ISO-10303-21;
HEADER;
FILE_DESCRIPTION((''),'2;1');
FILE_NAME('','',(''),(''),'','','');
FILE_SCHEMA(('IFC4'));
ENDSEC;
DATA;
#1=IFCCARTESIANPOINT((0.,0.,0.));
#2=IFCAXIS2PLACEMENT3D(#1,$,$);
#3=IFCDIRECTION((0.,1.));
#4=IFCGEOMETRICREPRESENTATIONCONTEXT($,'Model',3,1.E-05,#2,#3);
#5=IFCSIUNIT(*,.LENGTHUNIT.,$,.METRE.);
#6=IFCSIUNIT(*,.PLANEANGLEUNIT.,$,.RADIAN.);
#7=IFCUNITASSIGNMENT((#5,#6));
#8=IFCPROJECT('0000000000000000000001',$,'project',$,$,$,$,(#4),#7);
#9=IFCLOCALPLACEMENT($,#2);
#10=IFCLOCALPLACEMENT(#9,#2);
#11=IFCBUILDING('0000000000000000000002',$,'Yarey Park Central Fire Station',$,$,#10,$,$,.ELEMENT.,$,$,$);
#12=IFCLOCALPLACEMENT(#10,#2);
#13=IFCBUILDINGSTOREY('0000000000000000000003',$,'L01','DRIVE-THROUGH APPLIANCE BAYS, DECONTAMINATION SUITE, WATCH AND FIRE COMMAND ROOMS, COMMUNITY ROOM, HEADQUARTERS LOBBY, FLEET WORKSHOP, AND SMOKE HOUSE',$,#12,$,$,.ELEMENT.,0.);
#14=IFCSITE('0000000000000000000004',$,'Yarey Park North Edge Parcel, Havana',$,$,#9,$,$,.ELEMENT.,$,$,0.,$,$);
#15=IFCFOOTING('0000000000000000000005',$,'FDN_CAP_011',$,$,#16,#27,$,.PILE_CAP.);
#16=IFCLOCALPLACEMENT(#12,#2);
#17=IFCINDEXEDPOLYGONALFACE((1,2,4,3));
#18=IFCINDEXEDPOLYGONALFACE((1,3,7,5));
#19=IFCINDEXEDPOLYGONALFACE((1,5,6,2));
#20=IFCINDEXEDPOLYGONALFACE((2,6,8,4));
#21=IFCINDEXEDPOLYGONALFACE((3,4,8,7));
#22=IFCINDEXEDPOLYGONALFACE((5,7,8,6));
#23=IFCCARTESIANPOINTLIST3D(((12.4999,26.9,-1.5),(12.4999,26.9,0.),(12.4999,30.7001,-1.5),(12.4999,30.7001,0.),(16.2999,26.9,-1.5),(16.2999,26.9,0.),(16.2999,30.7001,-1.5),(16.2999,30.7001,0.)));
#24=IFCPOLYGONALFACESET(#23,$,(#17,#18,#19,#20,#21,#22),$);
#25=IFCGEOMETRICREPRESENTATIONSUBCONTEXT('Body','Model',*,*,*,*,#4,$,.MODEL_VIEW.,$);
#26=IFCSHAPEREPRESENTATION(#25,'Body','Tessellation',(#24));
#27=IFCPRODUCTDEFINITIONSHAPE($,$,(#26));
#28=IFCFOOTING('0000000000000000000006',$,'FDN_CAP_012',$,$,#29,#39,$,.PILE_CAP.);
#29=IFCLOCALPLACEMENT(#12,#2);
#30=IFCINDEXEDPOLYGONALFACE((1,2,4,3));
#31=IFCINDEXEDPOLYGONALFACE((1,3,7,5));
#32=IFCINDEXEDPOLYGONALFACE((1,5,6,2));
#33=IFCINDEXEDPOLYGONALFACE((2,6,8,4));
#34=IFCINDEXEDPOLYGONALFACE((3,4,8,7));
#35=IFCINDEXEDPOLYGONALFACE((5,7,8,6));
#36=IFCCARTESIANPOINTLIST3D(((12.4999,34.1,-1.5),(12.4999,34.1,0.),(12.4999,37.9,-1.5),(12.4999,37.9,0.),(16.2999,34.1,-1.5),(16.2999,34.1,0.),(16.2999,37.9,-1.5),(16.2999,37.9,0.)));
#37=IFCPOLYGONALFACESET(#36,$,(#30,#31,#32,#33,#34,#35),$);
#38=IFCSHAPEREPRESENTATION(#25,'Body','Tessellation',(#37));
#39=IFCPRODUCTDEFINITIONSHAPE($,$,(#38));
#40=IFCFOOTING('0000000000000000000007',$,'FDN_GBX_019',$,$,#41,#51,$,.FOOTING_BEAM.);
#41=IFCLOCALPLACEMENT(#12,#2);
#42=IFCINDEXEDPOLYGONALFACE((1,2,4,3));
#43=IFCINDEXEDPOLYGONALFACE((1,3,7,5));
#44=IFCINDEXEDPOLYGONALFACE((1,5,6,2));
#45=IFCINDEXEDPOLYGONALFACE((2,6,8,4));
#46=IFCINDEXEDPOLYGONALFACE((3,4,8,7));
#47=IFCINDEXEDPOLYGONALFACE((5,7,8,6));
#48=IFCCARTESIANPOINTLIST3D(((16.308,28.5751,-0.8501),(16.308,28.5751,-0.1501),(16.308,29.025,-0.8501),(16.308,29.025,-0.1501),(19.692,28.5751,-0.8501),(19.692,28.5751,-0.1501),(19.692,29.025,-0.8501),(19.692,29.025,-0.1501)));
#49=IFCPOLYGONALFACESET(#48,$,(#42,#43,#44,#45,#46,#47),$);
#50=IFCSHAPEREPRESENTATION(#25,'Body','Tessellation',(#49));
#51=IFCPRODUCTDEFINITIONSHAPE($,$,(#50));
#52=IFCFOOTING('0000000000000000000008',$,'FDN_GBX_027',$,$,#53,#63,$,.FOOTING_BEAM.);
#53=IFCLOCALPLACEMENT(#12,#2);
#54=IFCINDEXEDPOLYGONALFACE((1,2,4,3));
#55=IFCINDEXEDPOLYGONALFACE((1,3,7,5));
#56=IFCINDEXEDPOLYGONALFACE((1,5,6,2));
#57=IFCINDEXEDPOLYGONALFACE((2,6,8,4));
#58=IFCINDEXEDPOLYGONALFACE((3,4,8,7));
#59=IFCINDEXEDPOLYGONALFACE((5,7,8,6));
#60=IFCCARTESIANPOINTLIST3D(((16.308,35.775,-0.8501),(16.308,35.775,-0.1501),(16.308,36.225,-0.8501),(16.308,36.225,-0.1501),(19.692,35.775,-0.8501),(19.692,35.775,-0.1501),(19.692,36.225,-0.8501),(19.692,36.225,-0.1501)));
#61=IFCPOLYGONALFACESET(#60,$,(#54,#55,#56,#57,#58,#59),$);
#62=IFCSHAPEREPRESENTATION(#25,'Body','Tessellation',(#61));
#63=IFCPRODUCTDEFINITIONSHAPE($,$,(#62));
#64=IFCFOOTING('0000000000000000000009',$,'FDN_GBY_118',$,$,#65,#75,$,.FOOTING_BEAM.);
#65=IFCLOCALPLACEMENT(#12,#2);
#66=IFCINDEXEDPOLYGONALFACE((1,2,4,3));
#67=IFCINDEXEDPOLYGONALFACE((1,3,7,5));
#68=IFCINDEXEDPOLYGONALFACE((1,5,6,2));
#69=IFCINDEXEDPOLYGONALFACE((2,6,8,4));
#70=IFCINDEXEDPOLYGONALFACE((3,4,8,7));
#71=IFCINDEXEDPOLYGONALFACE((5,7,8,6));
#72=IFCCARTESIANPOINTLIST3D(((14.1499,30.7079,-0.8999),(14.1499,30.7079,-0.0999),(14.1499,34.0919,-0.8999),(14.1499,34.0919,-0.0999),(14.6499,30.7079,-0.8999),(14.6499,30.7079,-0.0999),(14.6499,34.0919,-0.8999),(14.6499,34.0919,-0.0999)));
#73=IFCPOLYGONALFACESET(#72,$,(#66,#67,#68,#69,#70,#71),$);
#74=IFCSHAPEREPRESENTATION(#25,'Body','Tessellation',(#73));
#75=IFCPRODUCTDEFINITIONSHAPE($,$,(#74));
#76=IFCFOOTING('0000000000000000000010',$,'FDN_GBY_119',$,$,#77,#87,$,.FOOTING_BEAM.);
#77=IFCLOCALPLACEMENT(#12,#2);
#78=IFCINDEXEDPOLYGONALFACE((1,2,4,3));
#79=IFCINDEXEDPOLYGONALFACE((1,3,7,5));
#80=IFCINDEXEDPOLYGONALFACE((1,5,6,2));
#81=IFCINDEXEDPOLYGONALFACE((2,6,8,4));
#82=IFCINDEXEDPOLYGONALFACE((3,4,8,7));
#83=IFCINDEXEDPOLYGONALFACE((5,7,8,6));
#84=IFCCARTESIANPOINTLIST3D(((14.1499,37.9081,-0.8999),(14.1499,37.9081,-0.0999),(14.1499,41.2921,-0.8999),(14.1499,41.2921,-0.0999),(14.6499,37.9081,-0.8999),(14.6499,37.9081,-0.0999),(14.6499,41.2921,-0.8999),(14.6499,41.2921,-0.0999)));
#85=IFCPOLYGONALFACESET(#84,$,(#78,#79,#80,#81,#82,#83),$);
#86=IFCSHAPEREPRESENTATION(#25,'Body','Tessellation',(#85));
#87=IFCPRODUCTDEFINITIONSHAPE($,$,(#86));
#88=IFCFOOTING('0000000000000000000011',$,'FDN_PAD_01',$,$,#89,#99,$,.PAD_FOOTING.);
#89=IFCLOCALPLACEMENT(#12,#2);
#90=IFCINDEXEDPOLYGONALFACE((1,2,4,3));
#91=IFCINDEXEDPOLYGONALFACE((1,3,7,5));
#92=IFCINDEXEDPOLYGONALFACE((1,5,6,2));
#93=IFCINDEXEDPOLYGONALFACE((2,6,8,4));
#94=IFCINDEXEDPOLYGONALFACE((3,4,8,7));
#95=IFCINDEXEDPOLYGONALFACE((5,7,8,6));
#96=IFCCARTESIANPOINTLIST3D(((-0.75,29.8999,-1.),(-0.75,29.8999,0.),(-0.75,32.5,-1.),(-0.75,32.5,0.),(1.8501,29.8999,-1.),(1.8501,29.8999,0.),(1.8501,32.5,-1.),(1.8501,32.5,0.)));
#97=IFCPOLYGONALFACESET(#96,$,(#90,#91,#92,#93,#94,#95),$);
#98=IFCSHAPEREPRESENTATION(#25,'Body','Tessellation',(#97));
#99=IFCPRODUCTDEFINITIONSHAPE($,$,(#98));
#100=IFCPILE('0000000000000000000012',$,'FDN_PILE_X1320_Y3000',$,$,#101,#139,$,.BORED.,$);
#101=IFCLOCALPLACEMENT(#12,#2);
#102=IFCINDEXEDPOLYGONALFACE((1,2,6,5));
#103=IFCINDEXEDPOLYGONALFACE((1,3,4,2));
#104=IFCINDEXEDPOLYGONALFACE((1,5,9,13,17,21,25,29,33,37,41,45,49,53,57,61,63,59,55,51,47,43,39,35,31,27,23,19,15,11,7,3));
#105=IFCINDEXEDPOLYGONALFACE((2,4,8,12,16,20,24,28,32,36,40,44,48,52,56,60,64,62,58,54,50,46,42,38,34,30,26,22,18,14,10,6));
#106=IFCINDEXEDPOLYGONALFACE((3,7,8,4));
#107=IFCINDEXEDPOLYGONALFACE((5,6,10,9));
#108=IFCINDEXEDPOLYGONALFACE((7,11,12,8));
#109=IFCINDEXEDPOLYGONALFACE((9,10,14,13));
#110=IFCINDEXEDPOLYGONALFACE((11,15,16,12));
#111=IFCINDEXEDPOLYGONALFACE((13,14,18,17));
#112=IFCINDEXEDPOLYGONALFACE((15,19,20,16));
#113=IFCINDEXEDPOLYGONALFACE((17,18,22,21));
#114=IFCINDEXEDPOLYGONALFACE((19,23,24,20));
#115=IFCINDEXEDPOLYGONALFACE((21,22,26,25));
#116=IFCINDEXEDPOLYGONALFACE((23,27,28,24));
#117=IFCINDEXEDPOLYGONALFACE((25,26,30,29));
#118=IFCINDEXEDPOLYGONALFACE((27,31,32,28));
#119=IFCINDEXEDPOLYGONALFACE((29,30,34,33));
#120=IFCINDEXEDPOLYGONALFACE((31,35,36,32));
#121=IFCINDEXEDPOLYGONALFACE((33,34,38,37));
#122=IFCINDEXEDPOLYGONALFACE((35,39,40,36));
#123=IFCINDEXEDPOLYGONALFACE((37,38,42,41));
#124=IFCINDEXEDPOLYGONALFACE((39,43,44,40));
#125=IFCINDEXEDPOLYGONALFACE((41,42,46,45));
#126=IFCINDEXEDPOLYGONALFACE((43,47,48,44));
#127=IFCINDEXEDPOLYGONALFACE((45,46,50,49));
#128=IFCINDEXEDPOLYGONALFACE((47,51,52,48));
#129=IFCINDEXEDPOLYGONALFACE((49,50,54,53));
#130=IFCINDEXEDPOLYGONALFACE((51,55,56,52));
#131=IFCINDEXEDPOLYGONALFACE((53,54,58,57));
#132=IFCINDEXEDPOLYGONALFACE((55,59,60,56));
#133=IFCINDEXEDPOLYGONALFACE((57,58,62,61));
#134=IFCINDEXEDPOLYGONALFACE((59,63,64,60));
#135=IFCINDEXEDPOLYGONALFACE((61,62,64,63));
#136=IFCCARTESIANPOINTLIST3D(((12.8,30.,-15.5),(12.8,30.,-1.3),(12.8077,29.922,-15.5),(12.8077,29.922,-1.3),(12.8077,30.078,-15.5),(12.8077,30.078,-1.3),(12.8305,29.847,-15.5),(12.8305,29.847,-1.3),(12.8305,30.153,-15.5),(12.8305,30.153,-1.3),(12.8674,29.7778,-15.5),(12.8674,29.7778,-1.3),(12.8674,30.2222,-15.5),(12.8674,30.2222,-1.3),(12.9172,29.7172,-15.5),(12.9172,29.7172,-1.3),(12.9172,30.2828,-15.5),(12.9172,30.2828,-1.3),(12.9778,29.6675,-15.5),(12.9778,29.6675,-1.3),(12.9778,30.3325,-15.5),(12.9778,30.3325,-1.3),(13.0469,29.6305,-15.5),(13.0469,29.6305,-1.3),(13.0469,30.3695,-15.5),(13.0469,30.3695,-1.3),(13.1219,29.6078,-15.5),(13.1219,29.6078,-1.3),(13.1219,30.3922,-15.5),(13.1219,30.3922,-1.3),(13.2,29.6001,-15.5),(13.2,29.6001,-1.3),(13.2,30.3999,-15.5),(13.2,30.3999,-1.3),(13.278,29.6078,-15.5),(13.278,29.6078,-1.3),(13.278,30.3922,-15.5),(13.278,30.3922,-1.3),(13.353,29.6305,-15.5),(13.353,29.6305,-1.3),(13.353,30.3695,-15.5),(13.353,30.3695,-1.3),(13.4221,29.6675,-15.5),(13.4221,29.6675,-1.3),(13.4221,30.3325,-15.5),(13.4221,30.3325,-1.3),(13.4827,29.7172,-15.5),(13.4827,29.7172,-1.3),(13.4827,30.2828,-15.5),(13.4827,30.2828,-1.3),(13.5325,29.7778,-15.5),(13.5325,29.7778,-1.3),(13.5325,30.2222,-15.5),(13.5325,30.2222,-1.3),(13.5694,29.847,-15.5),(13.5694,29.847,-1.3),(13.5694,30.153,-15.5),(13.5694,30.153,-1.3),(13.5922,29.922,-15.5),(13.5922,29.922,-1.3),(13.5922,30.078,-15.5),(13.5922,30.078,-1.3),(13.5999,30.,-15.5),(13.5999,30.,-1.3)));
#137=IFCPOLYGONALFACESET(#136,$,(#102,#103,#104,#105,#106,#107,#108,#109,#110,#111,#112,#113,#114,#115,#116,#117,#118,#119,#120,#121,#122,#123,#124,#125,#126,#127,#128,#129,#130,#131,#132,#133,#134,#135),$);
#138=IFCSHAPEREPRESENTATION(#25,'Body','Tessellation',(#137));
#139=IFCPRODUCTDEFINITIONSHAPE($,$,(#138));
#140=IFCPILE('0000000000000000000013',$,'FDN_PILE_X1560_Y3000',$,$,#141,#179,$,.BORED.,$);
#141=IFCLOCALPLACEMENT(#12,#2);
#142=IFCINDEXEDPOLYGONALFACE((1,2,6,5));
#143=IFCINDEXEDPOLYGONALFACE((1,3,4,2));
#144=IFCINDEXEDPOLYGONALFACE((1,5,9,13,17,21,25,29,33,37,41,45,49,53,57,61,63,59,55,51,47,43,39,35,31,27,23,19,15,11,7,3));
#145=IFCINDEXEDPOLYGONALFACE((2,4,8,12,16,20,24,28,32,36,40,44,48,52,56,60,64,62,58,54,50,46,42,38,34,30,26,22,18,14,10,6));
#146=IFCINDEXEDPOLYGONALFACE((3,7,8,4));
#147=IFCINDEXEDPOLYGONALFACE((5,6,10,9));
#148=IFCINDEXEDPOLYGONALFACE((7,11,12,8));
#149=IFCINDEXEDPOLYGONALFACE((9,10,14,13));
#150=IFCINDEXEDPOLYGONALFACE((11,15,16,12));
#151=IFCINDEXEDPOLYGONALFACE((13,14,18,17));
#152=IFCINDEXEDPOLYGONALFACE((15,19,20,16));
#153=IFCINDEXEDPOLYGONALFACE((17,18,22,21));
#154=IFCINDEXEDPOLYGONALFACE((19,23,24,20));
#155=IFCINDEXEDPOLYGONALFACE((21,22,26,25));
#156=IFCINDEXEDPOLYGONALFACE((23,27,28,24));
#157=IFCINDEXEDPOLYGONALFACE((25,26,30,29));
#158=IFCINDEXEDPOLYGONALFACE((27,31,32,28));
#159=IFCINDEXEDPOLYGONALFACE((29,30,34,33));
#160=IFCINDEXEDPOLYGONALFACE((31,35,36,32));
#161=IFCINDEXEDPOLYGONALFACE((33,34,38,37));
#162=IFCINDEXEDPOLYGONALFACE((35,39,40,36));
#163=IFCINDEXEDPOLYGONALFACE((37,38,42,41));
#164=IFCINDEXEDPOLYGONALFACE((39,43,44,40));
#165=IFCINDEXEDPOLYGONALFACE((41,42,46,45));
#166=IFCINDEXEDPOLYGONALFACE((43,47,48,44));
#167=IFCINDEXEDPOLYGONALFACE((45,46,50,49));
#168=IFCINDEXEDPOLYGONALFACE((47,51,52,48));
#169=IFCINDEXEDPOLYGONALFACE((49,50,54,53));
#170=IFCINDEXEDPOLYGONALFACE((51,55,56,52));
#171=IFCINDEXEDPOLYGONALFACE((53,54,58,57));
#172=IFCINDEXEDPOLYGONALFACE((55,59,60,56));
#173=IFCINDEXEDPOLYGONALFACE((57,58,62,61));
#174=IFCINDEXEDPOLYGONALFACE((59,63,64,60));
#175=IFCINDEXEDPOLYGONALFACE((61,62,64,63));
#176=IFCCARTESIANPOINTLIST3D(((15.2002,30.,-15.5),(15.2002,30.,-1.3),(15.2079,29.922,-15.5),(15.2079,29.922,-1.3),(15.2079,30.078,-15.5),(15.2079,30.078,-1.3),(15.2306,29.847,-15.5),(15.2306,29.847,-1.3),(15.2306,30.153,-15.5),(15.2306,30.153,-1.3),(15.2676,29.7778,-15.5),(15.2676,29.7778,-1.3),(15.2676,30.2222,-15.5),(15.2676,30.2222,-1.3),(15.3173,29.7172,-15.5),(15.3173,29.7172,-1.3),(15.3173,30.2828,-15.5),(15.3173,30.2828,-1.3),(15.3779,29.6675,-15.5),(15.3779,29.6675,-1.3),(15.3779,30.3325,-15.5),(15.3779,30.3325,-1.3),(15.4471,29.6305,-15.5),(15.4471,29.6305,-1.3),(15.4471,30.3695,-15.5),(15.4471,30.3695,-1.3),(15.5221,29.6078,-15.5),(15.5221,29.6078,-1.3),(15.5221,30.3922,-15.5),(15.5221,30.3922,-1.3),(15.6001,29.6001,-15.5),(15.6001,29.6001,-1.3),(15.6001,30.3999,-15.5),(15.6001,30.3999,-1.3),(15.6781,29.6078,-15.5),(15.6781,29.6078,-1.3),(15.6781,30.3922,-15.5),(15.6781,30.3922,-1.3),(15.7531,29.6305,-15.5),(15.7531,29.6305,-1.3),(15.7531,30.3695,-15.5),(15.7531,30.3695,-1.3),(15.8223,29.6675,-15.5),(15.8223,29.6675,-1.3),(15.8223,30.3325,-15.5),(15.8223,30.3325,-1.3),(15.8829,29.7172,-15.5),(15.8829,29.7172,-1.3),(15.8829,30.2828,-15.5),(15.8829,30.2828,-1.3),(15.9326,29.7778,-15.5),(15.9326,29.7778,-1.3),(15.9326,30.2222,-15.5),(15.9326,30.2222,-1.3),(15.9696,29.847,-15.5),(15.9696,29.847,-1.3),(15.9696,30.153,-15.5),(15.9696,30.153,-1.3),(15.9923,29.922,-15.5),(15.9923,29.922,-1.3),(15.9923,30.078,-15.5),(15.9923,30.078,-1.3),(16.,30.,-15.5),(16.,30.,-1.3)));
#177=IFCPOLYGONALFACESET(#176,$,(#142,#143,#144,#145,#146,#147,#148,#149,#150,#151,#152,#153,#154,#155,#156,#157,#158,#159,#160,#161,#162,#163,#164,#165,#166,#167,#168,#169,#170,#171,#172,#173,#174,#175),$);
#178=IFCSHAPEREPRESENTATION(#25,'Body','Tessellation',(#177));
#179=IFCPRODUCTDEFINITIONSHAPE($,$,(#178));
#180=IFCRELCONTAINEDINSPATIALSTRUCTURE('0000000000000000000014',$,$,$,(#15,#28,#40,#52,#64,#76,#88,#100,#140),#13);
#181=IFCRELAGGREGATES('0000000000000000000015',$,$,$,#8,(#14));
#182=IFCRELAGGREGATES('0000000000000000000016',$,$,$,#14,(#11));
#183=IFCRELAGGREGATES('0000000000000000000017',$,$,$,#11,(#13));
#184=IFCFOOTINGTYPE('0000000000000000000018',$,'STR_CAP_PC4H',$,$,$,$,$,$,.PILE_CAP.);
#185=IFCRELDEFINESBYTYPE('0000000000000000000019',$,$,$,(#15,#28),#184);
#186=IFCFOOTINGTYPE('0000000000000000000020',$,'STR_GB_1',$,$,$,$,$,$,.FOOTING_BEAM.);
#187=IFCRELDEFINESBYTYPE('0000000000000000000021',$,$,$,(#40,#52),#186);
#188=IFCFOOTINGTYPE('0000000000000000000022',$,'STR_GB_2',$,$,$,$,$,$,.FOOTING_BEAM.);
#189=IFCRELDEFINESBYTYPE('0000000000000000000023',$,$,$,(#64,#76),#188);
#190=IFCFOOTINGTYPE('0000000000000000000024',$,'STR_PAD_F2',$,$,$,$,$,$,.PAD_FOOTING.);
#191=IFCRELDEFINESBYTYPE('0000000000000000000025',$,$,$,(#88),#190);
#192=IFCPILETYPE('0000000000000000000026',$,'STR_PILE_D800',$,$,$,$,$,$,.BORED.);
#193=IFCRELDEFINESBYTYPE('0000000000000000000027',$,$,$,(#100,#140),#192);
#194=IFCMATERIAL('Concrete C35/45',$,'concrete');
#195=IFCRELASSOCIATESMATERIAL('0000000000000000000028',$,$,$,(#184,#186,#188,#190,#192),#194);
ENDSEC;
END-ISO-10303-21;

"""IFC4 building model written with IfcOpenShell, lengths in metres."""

from ifc_helpers import new_model, si_unit, direction, frame, origin, origin_2d, place, context, subcontext, project, spatial, rectangle, circle, extrude, material, material_profile, profile_set, type_object, element, save


model = new_model("IFC4")

# Units and contexts
model_context = context("Model", 3, precision=1e-05, world=origin(), true_north=direction((0.0, 1.0)))
body_context = subcontext(model_context, "Body", "Model", "MODEL_VIEW")
ifc_project = project(units=[si_unit("LENGTHUNIT", "METRE"), si_unit("PLANEANGLEUNIT", "RADIAN")], contexts=[model_context])

# Site, building, storey
site_placement = place(None, origin())
site = spatial("IfcSite", under=ifc_project, at=site_placement, Name="Yarey Park North Edge Parcel, Havana", CompositionType="ELEMENT", RefElevation=0.0)
building_placement = place(site_placement, origin())
building = spatial("IfcBuilding", under=site, at=building_placement, Name="Yarey Park Central Fire Station", CompositionType="ELEMENT")
storey_placement = place(building_placement, origin())
storey = spatial("IfcBuildingStorey", under=building, at=storey_placement, Name="L01", Description="DRIVE-THROUGH APPLIANCE BAYS, DECONTAMINATION SUITE, WATCH AND FIRE COMMAND ROOMS, COMMUNITY ROOM, HEADQUARTERS LOBBY, FLEET WORKSHOP, AND SMOKE HOUSE", CompositionType="ELEMENT", Elevation=0.0)

# Footings
ifc_material_1 = material(Name="Concrete C35/45", Category="concrete")
footing_type_1 = type_object("IfcFootingType", Name="STR_CAP_PC4H", PredefinedType="PILE_CAP", material=ifc_material_1)
for number, where, z_axis, x_axis, name in (
    (1, (14.3999, 28.8, -1.5), (0.0, 0.0, 1.0), (1.0, 0.0, 0.0), "FDN_CAP_011"),
    (2, (14.3999, 36.0, -1.5), (0.0, 0.0, 1.0), (1.0, 0.0, 0.0), "FDN_CAP_012"),
):
    element("IfcFooting", number, at=place(storey_placement, frame(where, z_axis=z_axis, x_axis=x_axis)), inside=storey, type_object=footing_type_1, Name=name, PredefinedType="PILE_CAP", context=body_context, shape_type="SweptSolid", body=[
        extrude(rectangle(XDim=3.8, YDim=3.8, at=origin_2d()), origin(), (0.0, 0.0, 1.0), 1.5),
    ])
footing_type_2 = type_object("IfcFootingType", Name="STR_GB_1", PredefinedType="FOOTING_BEAM", material=ifc_material_1)
for number, where, z_axis, x_axis, name in (
    (3, (18.0, 28.8, -0.8501), (0.0, 0.0, 1.0), (1.0, 0.0, 0.0), "FDN_GBX_019"),
    (4, (18.0, 36.0, -0.8501), (0.0, 0.0, 1.0), (1.0, 0.0, 0.0), "FDN_GBX_027"),
):
    element("IfcFooting", number, at=place(storey_placement, frame(where, z_axis=z_axis, x_axis=x_axis)), inside=storey, type_object=footing_type_2, Name=name, PredefinedType="FOOTING_BEAM", context=body_context, shape_type="SweptSolid", body=[
        extrude(rectangle(XDim=3.384, YDim=0.45, at=origin_2d()), origin(), (0.0, 0.0, 1.0), 0.7),
    ])
footing_type_3 = type_object("IfcFootingType", Name="STR_GB_2", PredefinedType="FOOTING_BEAM", material=ifc_material_1)
for number, where, z_axis, x_axis, name in (
    (5, (14.3999, 32.3999, -0.8999), (0.0, 0.0, 1.0), (1.0, 0.0, 0.0), "FDN_GBY_118"),
    (6, (14.3999, 39.6001, -0.8999), (0.0, 0.0, 1.0), (1.0, 0.0, 0.0), "FDN_GBY_119"),
):
    element("IfcFooting", number, at=place(storey_placement, frame(where, z_axis=z_axis, x_axis=x_axis)), inside=storey, type_object=footing_type_3, Name=name, PredefinedType="FOOTING_BEAM", context=body_context, shape_type="SweptSolid", body=[
        extrude(rectangle(XDim=0.5, YDim=3.384, at=origin_2d()), origin(), (0.0, 0.0, 1.0), 0.8),
    ])
footing_type_4 = type_object("IfcFootingType", Name="STR_PAD_F2", PredefinedType="PAD_FOOTING", material=ifc_material_1)
footing_placement = place(storey_placement, frame((0.55, 31.2, -1.0), z_axis=(0.0, 0.0, 1.0), x_axis=(1.0, 0.0, 0.0)))
element("IfcFooting", 7, at=footing_placement, inside=storey, type_object=footing_type_4, Name="FDN_PAD_01", PredefinedType="PAD_FOOTING", context=body_context, shape_type="SweptSolid", body=[
    extrude(rectangle(XDim=2.6001, YDim=2.6001, at=origin_2d()), origin(), (0.0, 0.0, 1.0), 1.0),
])

# Piles
ifc_material_profile_1 = material_profile(ifc_material_1, circle(Radius=0.3999, at=origin_2d()), Name="BORED PILE D800")
ifc_profile_set_1 = profile_set([ifc_material_profile_1], Name="Concrete C35/45")
pile_type = type_object("IfcPileType", Name="STR_PILE_D800", PredefinedType="BORED", material=ifc_profile_set_1)
for number, where, z_axis, x_axis, name in (
    (8, (13.2, 30.0, -1.3), (0.0, 0.0, -1.0), (1.0, 0.0, 0.0), "FDN_PILE_X1320_Y3000"),
    (9, (15.6001, 30.0, -1.3), (0.0, 0.0, -1.0), (1.0, 0.0, 0.0), "FDN_PILE_X1560_Y3000"),
):
    element("IfcPile", number, at=place(storey_placement, frame(where, z_axis=z_axis, x_axis=x_axis)), inside=storey, type_object=pile_type, Name=name, PredefinedType="BORED", context=body_context, shape_type="SweptSolid", body=[
        extrude(circle(Radius=0.3999, at=origin_2d()), origin(), (0.0, 0.0, 1.0), 14.2),
    ])

save(model, "model.ifc")
